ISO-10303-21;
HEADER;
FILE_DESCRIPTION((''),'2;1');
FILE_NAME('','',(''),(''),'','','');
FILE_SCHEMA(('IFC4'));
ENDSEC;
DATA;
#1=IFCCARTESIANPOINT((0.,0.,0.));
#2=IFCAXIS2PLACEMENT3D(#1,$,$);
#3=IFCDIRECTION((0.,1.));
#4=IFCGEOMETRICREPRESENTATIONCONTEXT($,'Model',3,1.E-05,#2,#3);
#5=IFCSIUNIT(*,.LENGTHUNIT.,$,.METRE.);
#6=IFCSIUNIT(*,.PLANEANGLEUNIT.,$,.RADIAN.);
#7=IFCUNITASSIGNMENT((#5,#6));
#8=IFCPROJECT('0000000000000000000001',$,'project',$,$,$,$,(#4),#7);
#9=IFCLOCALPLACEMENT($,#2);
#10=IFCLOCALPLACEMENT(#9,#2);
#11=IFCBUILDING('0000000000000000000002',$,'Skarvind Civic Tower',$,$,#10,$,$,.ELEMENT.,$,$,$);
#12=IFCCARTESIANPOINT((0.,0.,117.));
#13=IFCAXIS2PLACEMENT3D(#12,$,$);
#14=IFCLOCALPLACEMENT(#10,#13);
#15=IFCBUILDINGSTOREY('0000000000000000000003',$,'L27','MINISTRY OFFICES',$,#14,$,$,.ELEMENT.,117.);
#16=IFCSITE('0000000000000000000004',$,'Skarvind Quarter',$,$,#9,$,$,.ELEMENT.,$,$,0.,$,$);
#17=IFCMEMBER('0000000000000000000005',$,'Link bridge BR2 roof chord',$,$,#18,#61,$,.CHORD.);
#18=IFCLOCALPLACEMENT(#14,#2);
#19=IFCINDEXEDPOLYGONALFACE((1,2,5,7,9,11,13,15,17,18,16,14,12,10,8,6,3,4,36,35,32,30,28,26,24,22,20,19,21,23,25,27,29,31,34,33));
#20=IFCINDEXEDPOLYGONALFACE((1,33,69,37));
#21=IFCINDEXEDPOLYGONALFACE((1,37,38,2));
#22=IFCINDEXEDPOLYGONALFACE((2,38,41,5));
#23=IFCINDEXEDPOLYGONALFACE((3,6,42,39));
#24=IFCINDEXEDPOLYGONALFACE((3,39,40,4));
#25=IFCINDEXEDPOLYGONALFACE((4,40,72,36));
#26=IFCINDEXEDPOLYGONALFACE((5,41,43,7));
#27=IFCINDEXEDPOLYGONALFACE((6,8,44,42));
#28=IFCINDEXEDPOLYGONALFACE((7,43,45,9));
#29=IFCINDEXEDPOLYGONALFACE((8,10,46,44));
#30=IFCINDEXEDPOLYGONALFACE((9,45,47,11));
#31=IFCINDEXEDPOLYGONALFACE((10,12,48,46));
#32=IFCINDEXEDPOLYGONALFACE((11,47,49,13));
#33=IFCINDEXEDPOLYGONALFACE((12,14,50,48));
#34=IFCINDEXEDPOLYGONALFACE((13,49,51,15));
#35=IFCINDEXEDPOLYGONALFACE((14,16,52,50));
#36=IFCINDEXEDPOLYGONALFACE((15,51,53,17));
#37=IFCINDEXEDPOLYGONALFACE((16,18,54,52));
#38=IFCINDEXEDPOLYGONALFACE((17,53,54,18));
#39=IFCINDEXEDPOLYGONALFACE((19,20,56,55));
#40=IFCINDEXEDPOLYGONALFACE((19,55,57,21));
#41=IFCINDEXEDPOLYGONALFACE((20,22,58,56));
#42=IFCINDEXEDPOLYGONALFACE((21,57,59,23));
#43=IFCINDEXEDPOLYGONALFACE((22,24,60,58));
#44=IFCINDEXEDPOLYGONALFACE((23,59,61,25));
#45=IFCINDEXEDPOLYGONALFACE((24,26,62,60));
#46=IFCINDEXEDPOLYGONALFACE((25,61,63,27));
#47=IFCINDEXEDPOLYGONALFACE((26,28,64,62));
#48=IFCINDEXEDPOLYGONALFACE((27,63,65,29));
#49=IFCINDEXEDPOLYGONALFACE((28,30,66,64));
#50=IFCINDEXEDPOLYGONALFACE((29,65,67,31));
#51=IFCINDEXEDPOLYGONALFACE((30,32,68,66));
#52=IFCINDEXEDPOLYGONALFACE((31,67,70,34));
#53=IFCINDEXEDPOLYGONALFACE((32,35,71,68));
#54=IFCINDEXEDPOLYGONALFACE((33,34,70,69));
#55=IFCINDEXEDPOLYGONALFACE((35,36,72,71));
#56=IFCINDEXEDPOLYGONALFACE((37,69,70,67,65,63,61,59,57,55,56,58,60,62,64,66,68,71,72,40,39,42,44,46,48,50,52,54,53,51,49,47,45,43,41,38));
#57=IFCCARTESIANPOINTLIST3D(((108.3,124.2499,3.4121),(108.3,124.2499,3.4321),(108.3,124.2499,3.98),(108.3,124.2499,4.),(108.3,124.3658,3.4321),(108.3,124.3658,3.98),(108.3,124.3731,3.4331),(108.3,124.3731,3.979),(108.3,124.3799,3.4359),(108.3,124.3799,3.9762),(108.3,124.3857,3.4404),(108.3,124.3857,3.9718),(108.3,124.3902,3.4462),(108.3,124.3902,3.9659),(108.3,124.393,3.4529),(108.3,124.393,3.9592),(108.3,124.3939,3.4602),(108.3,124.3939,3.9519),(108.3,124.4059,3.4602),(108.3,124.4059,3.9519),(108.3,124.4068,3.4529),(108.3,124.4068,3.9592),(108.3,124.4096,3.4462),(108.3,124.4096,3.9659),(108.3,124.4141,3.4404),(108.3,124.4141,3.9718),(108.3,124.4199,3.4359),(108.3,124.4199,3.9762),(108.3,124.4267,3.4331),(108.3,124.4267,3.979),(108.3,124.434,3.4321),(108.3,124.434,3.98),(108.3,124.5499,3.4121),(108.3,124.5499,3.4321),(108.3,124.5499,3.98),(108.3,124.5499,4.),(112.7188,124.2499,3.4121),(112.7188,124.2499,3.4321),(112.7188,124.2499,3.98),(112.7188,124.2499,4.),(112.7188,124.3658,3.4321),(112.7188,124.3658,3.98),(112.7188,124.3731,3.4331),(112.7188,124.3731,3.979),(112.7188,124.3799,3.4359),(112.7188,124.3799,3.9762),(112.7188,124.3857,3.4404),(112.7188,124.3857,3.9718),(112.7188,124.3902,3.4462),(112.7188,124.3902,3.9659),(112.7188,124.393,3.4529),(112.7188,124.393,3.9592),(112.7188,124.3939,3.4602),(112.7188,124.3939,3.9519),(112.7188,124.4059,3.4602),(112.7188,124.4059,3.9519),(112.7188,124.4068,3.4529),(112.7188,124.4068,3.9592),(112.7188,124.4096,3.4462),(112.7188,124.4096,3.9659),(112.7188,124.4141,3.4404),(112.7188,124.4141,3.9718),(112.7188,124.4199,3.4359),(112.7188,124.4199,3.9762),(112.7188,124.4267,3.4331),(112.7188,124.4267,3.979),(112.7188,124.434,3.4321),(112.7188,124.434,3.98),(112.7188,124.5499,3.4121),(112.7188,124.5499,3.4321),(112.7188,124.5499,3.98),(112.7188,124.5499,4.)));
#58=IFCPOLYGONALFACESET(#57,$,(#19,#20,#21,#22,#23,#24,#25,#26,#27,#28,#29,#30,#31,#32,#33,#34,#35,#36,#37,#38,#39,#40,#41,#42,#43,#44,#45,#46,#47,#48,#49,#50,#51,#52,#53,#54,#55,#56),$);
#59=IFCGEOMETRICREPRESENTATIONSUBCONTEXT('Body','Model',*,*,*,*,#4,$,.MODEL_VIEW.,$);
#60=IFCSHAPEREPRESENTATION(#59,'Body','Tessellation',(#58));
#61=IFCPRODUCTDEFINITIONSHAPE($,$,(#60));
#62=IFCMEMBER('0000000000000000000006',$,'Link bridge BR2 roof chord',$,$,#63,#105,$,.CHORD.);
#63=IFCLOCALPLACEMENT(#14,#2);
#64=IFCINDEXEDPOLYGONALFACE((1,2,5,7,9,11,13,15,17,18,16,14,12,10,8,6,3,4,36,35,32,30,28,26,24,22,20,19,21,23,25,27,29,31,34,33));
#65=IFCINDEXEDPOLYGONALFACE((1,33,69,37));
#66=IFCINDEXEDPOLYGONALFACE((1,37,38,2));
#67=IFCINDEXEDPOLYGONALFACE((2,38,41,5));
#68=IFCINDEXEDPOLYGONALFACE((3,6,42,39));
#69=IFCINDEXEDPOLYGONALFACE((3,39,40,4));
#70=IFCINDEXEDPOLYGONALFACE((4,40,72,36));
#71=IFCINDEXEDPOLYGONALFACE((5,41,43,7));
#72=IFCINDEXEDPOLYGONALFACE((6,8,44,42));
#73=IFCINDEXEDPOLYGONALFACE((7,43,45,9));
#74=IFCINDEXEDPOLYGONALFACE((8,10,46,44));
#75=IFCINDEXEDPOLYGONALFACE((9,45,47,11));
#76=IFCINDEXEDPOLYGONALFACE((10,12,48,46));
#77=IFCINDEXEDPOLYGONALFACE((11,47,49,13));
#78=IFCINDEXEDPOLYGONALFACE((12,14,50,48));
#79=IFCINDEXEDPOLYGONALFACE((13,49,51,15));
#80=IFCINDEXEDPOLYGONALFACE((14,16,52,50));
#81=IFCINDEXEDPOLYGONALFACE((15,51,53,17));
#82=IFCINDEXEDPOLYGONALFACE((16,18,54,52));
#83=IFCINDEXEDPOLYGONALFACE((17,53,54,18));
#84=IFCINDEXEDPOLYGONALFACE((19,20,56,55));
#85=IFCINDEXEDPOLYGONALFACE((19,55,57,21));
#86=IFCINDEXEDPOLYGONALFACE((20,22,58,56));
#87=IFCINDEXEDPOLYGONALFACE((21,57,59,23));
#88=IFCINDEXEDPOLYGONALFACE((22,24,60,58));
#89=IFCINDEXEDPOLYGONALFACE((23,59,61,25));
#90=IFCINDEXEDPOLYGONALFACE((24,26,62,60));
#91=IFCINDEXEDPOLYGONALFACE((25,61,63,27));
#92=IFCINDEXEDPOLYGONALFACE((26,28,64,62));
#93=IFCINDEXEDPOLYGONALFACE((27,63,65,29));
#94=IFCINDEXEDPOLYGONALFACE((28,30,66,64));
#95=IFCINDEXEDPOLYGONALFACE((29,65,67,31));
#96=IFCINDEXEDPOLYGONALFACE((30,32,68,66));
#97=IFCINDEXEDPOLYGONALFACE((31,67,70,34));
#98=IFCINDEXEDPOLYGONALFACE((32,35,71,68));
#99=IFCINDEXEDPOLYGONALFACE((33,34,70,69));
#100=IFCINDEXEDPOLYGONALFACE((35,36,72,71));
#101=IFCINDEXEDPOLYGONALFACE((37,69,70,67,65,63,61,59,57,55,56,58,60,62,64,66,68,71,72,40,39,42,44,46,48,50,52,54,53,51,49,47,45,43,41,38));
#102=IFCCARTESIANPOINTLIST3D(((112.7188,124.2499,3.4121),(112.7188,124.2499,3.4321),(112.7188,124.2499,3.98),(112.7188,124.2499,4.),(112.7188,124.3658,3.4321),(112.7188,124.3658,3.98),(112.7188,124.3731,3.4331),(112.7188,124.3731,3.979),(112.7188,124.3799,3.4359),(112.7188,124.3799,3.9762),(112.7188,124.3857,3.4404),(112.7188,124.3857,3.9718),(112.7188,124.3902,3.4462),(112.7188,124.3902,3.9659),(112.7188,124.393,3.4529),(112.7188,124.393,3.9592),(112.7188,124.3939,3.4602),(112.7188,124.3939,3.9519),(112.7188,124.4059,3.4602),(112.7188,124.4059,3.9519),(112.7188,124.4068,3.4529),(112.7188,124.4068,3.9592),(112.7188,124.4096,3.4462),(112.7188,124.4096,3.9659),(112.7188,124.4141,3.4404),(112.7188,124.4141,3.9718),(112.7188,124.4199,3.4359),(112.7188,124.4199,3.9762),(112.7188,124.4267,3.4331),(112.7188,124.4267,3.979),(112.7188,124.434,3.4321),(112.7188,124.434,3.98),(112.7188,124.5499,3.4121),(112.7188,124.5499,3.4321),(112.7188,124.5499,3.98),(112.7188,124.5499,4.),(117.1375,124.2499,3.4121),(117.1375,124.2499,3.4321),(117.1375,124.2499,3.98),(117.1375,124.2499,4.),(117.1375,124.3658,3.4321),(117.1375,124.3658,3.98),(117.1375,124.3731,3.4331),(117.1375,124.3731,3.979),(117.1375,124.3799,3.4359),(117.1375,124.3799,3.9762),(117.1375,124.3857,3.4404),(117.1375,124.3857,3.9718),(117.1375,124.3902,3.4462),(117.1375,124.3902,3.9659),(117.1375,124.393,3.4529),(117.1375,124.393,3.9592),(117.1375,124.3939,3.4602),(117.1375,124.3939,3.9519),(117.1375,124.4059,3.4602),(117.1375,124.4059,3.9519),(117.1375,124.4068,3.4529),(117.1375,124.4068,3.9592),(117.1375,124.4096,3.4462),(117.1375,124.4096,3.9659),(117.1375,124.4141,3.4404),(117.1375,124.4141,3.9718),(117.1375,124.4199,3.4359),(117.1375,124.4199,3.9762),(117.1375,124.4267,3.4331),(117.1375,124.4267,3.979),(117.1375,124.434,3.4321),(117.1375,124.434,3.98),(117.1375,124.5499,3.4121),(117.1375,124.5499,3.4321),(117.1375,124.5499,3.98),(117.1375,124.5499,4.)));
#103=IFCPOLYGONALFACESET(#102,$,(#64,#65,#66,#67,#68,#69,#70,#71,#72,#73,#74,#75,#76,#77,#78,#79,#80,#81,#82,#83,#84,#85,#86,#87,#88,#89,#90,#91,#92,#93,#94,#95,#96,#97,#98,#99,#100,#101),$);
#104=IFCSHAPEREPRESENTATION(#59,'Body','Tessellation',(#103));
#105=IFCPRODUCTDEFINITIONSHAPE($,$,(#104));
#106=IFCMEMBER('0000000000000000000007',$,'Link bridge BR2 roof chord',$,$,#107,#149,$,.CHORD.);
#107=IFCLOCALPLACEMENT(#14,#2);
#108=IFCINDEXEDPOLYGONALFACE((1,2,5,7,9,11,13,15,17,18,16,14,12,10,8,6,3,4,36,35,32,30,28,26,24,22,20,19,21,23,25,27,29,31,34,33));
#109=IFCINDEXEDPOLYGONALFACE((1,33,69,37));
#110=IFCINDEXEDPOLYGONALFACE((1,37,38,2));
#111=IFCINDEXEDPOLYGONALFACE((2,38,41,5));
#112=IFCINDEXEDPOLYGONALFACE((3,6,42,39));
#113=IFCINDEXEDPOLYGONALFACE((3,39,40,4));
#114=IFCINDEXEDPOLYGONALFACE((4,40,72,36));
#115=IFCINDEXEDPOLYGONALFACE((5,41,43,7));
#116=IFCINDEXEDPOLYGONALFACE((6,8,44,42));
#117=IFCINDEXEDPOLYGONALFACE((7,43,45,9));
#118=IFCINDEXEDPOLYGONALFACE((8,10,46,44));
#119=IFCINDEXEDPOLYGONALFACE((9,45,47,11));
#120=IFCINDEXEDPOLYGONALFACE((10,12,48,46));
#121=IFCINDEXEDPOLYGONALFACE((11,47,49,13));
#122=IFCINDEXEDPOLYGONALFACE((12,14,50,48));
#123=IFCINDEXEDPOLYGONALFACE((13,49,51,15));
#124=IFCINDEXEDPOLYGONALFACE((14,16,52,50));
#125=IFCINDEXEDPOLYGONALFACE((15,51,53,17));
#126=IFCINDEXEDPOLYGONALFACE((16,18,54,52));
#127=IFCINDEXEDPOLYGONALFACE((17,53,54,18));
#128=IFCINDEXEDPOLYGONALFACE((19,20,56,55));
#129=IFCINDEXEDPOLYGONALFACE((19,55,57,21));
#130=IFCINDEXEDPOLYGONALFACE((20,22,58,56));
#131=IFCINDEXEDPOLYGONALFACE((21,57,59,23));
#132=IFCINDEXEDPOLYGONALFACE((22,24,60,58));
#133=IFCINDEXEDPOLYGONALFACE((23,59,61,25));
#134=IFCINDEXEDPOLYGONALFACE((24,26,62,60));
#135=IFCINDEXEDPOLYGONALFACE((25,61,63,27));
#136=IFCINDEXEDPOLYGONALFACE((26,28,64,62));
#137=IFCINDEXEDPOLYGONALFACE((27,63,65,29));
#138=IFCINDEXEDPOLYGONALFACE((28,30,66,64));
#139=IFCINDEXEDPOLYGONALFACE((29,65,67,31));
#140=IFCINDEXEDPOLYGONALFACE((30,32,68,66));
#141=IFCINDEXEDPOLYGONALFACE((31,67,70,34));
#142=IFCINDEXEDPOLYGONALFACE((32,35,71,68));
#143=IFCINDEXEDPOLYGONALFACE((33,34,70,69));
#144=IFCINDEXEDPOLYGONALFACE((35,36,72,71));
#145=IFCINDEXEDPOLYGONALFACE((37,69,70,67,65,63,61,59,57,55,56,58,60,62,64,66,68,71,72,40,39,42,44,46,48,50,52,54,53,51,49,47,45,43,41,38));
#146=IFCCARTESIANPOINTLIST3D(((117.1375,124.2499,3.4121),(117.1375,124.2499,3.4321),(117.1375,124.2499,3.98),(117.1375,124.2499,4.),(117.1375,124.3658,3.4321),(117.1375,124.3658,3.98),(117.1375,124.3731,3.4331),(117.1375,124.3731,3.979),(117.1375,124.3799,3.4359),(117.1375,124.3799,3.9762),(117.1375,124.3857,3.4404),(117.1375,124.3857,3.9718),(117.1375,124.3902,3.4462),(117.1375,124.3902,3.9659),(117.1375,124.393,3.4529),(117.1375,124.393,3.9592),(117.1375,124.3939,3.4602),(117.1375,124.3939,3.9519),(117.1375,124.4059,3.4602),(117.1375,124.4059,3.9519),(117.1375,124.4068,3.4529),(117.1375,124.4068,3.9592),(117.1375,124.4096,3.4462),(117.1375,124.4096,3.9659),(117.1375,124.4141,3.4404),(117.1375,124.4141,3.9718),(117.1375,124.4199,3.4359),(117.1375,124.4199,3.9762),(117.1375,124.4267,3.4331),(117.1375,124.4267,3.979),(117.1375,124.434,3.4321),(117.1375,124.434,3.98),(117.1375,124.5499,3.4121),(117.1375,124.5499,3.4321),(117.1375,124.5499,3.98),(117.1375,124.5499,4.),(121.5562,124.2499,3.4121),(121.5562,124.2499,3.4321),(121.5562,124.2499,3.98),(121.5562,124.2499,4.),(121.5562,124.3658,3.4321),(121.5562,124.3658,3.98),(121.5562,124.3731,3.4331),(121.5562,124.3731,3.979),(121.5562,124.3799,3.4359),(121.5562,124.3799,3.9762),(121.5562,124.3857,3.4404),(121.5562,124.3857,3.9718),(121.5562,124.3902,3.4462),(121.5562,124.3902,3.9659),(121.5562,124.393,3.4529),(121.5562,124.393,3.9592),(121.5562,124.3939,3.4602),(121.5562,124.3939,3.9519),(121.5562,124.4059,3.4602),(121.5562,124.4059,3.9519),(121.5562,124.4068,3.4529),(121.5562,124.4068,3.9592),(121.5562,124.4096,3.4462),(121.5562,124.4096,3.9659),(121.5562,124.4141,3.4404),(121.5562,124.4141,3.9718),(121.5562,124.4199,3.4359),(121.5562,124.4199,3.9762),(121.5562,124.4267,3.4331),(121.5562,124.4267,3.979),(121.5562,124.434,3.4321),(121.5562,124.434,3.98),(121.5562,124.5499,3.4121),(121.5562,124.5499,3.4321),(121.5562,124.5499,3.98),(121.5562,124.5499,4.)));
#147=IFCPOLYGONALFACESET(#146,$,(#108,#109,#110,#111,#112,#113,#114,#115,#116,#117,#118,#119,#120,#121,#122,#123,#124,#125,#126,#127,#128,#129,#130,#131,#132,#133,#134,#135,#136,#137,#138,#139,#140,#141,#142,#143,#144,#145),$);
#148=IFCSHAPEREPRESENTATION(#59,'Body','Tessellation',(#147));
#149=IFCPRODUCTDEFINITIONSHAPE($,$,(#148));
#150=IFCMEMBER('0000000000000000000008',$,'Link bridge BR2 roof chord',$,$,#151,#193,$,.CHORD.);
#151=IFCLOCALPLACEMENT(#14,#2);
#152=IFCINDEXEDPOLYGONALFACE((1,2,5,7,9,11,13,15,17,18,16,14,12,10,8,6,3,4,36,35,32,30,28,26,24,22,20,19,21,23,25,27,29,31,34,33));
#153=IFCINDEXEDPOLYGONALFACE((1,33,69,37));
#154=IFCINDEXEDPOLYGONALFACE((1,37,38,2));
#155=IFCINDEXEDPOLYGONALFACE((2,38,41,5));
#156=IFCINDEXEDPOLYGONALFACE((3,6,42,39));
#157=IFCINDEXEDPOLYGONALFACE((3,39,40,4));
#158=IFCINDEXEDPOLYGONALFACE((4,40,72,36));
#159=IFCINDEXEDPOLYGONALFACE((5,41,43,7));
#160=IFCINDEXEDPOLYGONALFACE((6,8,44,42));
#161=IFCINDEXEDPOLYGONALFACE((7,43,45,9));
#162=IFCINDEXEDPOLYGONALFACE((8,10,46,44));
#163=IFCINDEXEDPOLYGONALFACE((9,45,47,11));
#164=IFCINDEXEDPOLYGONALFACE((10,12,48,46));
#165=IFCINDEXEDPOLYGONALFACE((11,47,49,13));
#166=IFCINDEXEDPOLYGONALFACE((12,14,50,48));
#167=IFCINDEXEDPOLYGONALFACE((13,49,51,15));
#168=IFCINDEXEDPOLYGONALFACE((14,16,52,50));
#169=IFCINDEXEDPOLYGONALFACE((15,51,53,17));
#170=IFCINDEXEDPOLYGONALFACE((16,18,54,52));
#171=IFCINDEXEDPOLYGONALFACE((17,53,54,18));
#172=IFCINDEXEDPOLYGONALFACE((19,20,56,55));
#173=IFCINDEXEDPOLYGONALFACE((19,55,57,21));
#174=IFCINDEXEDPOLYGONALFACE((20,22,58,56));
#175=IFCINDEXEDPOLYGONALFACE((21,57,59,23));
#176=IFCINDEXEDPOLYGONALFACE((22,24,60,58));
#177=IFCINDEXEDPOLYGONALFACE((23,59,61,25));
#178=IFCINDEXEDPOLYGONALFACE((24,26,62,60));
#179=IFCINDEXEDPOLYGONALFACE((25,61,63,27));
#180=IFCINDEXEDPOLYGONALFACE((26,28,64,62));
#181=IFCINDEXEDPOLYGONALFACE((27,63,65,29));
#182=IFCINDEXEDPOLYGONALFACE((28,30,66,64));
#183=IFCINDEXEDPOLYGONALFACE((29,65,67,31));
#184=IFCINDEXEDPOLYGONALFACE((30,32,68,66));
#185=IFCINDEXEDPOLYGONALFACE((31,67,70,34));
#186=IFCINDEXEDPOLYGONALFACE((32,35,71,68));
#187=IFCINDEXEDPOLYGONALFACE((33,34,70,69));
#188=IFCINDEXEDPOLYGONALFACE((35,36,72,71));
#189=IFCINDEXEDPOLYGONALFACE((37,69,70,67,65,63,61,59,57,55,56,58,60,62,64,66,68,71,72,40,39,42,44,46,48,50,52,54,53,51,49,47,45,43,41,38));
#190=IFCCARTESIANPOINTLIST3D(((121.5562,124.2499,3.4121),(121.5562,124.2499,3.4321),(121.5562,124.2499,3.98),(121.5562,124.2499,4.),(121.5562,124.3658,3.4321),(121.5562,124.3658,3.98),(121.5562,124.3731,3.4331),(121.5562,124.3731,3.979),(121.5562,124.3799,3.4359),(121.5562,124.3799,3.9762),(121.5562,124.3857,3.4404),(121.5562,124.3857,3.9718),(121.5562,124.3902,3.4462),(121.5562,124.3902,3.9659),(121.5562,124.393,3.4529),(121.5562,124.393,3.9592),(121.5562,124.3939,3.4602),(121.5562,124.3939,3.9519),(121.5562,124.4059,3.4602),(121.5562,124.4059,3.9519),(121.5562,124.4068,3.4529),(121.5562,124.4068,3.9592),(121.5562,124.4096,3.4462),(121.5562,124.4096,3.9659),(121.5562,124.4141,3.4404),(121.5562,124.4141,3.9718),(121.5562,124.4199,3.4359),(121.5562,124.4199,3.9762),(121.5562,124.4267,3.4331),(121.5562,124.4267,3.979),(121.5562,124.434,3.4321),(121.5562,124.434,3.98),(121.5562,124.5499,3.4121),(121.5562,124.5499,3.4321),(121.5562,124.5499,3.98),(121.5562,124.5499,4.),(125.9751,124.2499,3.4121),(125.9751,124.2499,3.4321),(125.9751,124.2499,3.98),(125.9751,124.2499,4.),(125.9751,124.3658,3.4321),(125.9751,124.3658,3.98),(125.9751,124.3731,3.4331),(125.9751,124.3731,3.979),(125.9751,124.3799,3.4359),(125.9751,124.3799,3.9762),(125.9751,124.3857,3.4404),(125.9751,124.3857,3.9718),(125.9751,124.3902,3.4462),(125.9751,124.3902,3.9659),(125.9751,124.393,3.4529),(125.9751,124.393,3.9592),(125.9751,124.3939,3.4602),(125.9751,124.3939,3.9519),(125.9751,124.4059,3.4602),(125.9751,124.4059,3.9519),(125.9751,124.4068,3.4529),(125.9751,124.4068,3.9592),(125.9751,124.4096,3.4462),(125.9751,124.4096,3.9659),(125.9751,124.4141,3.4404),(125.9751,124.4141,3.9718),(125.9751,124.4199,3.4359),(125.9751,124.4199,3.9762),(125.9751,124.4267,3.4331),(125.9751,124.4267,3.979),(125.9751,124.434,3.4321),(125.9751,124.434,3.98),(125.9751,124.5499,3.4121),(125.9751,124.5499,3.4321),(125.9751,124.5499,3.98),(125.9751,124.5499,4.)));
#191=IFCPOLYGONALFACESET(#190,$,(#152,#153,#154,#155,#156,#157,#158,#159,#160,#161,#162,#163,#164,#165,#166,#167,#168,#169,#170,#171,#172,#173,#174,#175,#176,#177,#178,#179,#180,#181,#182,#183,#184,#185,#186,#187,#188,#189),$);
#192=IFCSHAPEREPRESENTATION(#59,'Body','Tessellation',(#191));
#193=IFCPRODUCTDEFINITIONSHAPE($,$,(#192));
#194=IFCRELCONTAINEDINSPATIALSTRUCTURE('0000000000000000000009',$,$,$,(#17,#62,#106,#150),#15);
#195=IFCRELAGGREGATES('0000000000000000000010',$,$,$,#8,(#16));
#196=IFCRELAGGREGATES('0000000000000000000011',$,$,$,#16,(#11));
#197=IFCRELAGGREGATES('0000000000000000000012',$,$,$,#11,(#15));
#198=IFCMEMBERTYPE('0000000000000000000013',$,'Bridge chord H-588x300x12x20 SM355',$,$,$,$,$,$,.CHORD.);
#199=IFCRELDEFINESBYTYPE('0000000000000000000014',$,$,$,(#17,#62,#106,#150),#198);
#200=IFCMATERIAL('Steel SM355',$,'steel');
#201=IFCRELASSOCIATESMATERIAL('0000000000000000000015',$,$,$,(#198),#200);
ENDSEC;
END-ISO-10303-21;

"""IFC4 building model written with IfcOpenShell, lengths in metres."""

from ifc_helpers import new_model, si_unit, direction, frame, origin, origin_2d, place, context, subcontext, project, spatial, i_section, extrude, material, material_profile, profile_set, type_object, element, save


model = new_model("IFC4")

# Units and contexts
model_context = context("Model", 3, precision=1e-05, world=origin(), true_north=direction((0.0, 1.0)))
body_context = subcontext(model_context, "Body", "Model", "MODEL_VIEW")
ifc_project = project(units=[si_unit("LENGTHUNIT", "METRE"), si_unit("PLANEANGLEUNIT", "RADIAN")], contexts=[model_context])

# Site, building, storey
site_placement = place(None, origin())
site = spatial("IfcSite", under=ifc_project, at=site_placement, Name="Skarvind Quarter", CompositionType="ELEMENT", RefElevation=0.0)
building_placement = place(site_placement, origin())
building = spatial("IfcBuilding", under=site, at=building_placement, Name="Skarvind Civic Tower", CompositionType="ELEMENT")
storey_placement = place(building_placement, frame((0.0, 0.0, 117.0)))
storey = spatial("IfcBuildingStorey", under=building, at=storey_placement, Name="L27", Description="MINISTRY OFFICES", CompositionType="ELEMENT", Elevation=117.0)

# Members
ifc_material_1 = material(Name="Steel SM355", Category="steel")
ifc_material_profile_1 = material_profile(ifc_material_1, i_section(OverallWidth=0.3, OverallDepth=0.5879, WebThickness=0.012, FlangeThickness=0.02, FilletRadius=0.0281, at=origin_2d()), Name="H-588x300x12x20")
ifc_profile_set_1 = profile_set([ifc_material_profile_1], Name="Steel SM355")
member_type_1 = type_object("IfcMemberType", Name="Bridge chord H-588x300x12x20 SM355", PredefinedType="CHORD", material=ifc_profile_set_1)
for number, where, z_axis, x_axis, name in (
    (1, (108.3, 124.3999, 3.7061), (1.0, 0.0, 0.0), (0.0, 1.0, 0.0), "Link bridge BR2 roof chord"),
    (2, (112.7188, 124.3999, 3.7061), (1.0, 0.0, 0.0), (0.0, 1.0, 0.0), "Link bridge BR2 roof chord"),
    (3, (117.1375, 124.3999, 3.7061), (1.0, 0.0, 0.0), (0.0, 1.0, 0.0), "Link bridge BR2 roof chord"),
):
    element("IfcMember", number, at=place(storey_placement, frame(where, z_axis=z_axis, x_axis=x_axis)), inside=storey, type_object=member_type_1, Name=name, PredefinedType="CHORD", context=body_context, shape_type="SweptSolid", body=[
        extrude(i_section(OverallWidth=0.3, OverallDepth=0.5879, WebThickness=0.012, FlangeThickness=0.02, FilletRadius=0.0281, at=origin_2d()), origin(), (0.0, 0.0, 1.0), 4.4187),
    ])
member_1_placement = place(storey_placement, frame((121.5562, 124.3999, 3.7061), z_axis=(1.0, 0.0, 0.0), x_axis=(0.0, 1.0, 0.0)))
element("IfcMember", 4, at=member_1_placement, inside=storey, type_object=member_type_1, Name="Link bridge BR2 roof chord", PredefinedType="CHORD", context=body_context, shape_type="SweptSolid", body=[
    extrude(i_section(OverallWidth=0.3, OverallDepth=0.5879, WebThickness=0.012, FlangeThickness=0.02, FilletRadius=0.0281, at=origin_2d()), origin(), (0.0, 0.0, 1.0), 4.4189),
])

save(model, "model.ifc")
